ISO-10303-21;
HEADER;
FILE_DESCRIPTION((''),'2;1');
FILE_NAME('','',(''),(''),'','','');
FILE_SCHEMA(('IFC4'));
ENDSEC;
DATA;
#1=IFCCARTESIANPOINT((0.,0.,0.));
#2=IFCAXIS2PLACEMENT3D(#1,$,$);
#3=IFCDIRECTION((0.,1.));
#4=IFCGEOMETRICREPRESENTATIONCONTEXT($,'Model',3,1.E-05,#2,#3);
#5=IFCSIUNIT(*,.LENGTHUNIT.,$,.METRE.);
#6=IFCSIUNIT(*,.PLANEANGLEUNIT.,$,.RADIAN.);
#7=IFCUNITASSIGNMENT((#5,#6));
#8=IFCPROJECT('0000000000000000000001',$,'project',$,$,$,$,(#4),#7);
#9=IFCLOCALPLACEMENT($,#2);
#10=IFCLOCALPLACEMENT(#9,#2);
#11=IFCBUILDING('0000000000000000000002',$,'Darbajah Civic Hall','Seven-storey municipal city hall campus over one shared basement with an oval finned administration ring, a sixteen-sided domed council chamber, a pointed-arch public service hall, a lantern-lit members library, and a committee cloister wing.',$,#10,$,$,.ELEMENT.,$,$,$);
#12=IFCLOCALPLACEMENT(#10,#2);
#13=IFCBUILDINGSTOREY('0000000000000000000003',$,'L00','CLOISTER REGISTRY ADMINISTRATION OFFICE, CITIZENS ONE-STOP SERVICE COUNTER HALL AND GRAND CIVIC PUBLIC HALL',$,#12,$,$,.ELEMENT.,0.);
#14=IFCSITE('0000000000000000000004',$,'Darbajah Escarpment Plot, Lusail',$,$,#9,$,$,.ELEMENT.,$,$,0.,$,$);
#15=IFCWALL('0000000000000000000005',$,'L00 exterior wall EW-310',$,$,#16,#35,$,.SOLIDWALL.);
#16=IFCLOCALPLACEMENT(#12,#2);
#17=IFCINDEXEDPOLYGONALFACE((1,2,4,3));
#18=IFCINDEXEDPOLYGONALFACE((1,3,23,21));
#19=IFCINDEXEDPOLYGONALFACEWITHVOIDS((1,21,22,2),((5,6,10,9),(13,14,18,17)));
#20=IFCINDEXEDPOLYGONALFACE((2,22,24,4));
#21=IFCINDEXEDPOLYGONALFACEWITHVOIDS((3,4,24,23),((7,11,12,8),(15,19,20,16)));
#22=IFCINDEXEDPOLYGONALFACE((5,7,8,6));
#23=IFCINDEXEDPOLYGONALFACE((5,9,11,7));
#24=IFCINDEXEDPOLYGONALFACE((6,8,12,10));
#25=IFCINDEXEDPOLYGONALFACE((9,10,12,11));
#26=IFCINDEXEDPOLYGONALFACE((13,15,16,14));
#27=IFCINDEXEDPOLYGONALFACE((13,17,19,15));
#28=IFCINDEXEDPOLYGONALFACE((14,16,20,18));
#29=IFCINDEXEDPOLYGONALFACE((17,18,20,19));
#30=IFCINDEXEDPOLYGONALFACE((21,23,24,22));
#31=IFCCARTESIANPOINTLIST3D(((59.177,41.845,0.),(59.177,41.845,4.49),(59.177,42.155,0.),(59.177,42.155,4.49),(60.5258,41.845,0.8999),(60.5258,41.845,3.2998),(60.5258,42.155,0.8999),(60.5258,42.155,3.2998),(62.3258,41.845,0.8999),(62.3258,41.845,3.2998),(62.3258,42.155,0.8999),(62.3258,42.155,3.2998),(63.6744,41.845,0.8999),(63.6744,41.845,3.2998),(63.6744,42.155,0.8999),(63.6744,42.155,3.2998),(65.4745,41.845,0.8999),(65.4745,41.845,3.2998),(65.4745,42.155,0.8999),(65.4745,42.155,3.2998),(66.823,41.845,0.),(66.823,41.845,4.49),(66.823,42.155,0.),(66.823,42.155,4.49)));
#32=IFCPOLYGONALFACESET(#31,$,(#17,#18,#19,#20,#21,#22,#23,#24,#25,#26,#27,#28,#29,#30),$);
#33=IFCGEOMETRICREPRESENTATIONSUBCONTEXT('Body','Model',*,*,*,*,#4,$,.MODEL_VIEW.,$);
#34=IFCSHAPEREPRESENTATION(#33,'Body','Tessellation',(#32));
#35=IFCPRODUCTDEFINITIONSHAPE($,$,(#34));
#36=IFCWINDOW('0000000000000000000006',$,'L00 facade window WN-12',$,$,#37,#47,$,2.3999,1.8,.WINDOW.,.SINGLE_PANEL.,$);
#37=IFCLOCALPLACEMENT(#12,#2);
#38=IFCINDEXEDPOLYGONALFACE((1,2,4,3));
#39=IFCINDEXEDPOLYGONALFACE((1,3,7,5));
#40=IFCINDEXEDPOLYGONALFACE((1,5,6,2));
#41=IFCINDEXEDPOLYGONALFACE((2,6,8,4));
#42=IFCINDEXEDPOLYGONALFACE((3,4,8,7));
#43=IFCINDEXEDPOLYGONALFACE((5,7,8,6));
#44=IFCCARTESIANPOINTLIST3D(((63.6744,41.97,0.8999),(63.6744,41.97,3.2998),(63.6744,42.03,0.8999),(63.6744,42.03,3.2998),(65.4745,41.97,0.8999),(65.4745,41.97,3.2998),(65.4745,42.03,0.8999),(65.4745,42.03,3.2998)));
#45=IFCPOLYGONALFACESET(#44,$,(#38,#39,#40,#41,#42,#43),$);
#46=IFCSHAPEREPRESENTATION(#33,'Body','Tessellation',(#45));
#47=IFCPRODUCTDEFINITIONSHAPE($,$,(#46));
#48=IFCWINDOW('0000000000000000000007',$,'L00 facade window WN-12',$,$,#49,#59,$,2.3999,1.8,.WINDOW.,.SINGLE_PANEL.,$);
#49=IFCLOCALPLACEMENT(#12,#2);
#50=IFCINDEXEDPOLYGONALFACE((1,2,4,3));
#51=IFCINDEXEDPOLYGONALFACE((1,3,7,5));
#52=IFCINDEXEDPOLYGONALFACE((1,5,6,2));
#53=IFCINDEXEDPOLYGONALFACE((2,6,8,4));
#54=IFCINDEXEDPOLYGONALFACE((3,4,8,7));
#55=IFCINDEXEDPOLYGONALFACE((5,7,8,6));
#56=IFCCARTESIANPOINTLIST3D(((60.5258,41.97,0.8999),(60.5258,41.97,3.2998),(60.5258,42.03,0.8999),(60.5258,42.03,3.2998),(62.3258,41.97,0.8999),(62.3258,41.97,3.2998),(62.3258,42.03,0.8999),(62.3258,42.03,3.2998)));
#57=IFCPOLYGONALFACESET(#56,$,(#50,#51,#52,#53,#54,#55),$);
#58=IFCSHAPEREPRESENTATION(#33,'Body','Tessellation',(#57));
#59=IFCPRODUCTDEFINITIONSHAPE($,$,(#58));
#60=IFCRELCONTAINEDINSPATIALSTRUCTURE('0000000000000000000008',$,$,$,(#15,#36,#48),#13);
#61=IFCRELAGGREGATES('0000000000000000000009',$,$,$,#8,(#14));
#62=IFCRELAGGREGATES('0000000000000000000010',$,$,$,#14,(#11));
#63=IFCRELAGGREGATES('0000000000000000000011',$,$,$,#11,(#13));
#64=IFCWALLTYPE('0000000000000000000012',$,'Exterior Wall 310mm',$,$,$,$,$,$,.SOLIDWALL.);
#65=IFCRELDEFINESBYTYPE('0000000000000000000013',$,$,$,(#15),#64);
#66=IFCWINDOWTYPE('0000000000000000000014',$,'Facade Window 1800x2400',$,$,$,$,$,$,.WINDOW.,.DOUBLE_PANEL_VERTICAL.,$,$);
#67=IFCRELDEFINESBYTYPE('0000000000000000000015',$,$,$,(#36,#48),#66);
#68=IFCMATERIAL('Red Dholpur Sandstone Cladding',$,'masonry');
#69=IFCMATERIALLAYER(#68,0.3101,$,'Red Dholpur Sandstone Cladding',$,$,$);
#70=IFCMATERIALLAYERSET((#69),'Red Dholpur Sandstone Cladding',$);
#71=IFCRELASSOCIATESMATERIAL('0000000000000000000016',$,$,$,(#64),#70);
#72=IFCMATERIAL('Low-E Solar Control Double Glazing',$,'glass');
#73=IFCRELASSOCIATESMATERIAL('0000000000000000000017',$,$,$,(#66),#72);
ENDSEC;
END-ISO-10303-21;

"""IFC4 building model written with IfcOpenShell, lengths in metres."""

from ifc_helpers import new_model, si_unit, direction, frame, frame_2d, origin, place, context, subcontext, project, spatial, rectangle, extrude, material, layer, layer_set, type_object, element, fill, save


model = new_model("IFC4")

# Units and contexts
model_context = context("Model", 3, precision=1e-05, world=origin(), true_north=direction((0.0, 1.0)))
body_context = subcontext(model_context, "Body", "Model", "MODEL_VIEW")
ifc_project = project(units=[si_unit("LENGTHUNIT", "METRE"), si_unit("PLANEANGLEUNIT", "RADIAN")], contexts=[model_context])

# Site, building, storey
site_placement = place(None, origin())
site = spatial("IfcSite", under=ifc_project, at=site_placement, Name="Darbajah Escarpment Plot, Lusail", CompositionType="ELEMENT", RefElevation=0.0)
building_placement = place(site_placement, origin())
building = spatial("IfcBuilding", under=site, at=building_placement, Name="Darbajah Civic Hall", Description="Seven-storey municipal city hall campus over one shared basement with an oval finned administration ring, a sixteen-sided domed council chamber, a pointed-arch public service hall, a lantern-lit members library, and a committee cloister wing.", CompositionType="ELEMENT")
storey_placement = place(building_placement, origin())
storey = spatial("IfcBuildingStorey", under=building, at=storey_placement, Name="L00", Description="CLOISTER REGISTRY ADMINISTRATION OFFICE, CITIZENS ONE-STOP SERVICE COUNTER HALL AND GRAND CIVIC PUBLIC HALL", CompositionType="ELEMENT", Elevation=0.0)

# Shared definitions
ifc_material_1 = material(Name="Low-E Solar Control Double Glazing", Category="glass")

# Wall, openings, windows
ifc_material_2 = material(Name="Red Dholpur Sandstone Cladding", Category="masonry")
ifc_layer_1 = layer(ifc_material_2, 0.3101, Name="Red Dholpur Sandstone Cladding")
ifc_layer_set_1 = layer_set([ifc_layer_1], Name="Red Dholpur Sandstone Cladding")
wall_type = type_object("IfcWallType", Name="Exterior Wall 310mm", PredefinedType="SOLIDWALL", material=ifc_layer_set_1)
wall_placement = place(storey_placement, frame((66.823, 42.0, 0.0), z_axis=(0.0, 0.0, 1.0), x_axis=(-1.0, 0.0, 0.0)))
wall = element("IfcWall", 1, at=wall_placement, inside=storey, type_object=wall_type, Name="L00 exterior wall EW-310", PredefinedType="SOLIDWALL", context=body_context, shape_type="SweptSolid", body=[
    extrude(rectangle(XDim=7.646, YDim=0.3101, at=frame_2d((3.823, 0.0))), origin(), (0.0, 0.0, 1.0), 4.49),
])
opening_1_placement = place(wall_placement, frame((1.3486, 0.0, 0.8999)))
opening_1 = element("IfcOpeningElement", 2, at=opening_1_placement, cuts=wall, PredefinedType="OPENING", context=body_context, shape_type="SweptSolid", body=[
    extrude(rectangle(XDim=1.8, YDim=2.3999, at=frame_2d((0.8999, 1.2))), frame((0.0, 0.165, 0.0), z_axis=(0.0, -1.0, 0.0), x_axis=(1.0, 0.0, 0.0)), (0.0, 0.0, 1.0), 0.3301),
])
opening_2_placement = place(wall_placement, frame((4.4973, 0.0, 0.8999)))
opening_2 = element("IfcOpeningElement", 3, at=opening_2_placement, cuts=wall, PredefinedType="OPENING", context=body_context, shape_type="SweptSolid", body=[
    extrude(rectangle(XDim=1.8, YDim=2.3999, at=frame_2d((0.8999, 1.2))), frame((0.0, 0.165, 0.0), z_axis=(0.0, -1.0, 0.0), x_axis=(1.0, 0.0, 0.0)), (0.0, 0.0, 1.0), 0.3301),
])
window_type = type_object("IfcWindowType", Name="Facade Window 1800x2400", PartitioningType="DOUBLE_PANEL_VERTICAL", PredefinedType="WINDOW", material=ifc_material_1)
window_1_placement = place(opening_1_placement, origin())
window_1 = element("IfcWindow", 4, at=window_1_placement, inside=storey, type_object=window_type, Name="L00 facade window WN-12", OverallHeight=2.3999, OverallWidth=1.8, PartitioningType="SINGLE_PANEL", PredefinedType="WINDOW", context=body_context, shape_type="SweptSolid", body=[
    extrude(rectangle(XDim=1.8, YDim=2.3999, at=frame_2d((0.8999, 1.2))), frame((0.0, 0.03, 0.0), z_axis=(0.0, -1.0, 0.0), x_axis=(1.0, 0.0, 0.0)), (0.0, 0.0, 1.0), 0.0601),
])
fill(opening_1, window_1)
window_2_placement = place(opening_2_placement, origin())
window_2 = element("IfcWindow", 5, at=window_2_placement, inside=storey, type_object=window_type, Name="L00 facade window WN-12", OverallHeight=2.3999, OverallWidth=1.8, PartitioningType="SINGLE_PANEL", PredefinedType="WINDOW", context=body_context, shape_type="SweptSolid", body=[
    extrude(rectangle(XDim=1.8, YDim=2.3999, at=frame_2d((0.8999, 1.2))), frame((0.0, 0.03, 0.0), z_axis=(0.0, -1.0, 0.0), x_axis=(1.0, 0.0, 0.0)), (0.0, 0.0, 1.0), 0.0601),
])
fill(opening_2, window_2)

save(model, "model.ifc")
